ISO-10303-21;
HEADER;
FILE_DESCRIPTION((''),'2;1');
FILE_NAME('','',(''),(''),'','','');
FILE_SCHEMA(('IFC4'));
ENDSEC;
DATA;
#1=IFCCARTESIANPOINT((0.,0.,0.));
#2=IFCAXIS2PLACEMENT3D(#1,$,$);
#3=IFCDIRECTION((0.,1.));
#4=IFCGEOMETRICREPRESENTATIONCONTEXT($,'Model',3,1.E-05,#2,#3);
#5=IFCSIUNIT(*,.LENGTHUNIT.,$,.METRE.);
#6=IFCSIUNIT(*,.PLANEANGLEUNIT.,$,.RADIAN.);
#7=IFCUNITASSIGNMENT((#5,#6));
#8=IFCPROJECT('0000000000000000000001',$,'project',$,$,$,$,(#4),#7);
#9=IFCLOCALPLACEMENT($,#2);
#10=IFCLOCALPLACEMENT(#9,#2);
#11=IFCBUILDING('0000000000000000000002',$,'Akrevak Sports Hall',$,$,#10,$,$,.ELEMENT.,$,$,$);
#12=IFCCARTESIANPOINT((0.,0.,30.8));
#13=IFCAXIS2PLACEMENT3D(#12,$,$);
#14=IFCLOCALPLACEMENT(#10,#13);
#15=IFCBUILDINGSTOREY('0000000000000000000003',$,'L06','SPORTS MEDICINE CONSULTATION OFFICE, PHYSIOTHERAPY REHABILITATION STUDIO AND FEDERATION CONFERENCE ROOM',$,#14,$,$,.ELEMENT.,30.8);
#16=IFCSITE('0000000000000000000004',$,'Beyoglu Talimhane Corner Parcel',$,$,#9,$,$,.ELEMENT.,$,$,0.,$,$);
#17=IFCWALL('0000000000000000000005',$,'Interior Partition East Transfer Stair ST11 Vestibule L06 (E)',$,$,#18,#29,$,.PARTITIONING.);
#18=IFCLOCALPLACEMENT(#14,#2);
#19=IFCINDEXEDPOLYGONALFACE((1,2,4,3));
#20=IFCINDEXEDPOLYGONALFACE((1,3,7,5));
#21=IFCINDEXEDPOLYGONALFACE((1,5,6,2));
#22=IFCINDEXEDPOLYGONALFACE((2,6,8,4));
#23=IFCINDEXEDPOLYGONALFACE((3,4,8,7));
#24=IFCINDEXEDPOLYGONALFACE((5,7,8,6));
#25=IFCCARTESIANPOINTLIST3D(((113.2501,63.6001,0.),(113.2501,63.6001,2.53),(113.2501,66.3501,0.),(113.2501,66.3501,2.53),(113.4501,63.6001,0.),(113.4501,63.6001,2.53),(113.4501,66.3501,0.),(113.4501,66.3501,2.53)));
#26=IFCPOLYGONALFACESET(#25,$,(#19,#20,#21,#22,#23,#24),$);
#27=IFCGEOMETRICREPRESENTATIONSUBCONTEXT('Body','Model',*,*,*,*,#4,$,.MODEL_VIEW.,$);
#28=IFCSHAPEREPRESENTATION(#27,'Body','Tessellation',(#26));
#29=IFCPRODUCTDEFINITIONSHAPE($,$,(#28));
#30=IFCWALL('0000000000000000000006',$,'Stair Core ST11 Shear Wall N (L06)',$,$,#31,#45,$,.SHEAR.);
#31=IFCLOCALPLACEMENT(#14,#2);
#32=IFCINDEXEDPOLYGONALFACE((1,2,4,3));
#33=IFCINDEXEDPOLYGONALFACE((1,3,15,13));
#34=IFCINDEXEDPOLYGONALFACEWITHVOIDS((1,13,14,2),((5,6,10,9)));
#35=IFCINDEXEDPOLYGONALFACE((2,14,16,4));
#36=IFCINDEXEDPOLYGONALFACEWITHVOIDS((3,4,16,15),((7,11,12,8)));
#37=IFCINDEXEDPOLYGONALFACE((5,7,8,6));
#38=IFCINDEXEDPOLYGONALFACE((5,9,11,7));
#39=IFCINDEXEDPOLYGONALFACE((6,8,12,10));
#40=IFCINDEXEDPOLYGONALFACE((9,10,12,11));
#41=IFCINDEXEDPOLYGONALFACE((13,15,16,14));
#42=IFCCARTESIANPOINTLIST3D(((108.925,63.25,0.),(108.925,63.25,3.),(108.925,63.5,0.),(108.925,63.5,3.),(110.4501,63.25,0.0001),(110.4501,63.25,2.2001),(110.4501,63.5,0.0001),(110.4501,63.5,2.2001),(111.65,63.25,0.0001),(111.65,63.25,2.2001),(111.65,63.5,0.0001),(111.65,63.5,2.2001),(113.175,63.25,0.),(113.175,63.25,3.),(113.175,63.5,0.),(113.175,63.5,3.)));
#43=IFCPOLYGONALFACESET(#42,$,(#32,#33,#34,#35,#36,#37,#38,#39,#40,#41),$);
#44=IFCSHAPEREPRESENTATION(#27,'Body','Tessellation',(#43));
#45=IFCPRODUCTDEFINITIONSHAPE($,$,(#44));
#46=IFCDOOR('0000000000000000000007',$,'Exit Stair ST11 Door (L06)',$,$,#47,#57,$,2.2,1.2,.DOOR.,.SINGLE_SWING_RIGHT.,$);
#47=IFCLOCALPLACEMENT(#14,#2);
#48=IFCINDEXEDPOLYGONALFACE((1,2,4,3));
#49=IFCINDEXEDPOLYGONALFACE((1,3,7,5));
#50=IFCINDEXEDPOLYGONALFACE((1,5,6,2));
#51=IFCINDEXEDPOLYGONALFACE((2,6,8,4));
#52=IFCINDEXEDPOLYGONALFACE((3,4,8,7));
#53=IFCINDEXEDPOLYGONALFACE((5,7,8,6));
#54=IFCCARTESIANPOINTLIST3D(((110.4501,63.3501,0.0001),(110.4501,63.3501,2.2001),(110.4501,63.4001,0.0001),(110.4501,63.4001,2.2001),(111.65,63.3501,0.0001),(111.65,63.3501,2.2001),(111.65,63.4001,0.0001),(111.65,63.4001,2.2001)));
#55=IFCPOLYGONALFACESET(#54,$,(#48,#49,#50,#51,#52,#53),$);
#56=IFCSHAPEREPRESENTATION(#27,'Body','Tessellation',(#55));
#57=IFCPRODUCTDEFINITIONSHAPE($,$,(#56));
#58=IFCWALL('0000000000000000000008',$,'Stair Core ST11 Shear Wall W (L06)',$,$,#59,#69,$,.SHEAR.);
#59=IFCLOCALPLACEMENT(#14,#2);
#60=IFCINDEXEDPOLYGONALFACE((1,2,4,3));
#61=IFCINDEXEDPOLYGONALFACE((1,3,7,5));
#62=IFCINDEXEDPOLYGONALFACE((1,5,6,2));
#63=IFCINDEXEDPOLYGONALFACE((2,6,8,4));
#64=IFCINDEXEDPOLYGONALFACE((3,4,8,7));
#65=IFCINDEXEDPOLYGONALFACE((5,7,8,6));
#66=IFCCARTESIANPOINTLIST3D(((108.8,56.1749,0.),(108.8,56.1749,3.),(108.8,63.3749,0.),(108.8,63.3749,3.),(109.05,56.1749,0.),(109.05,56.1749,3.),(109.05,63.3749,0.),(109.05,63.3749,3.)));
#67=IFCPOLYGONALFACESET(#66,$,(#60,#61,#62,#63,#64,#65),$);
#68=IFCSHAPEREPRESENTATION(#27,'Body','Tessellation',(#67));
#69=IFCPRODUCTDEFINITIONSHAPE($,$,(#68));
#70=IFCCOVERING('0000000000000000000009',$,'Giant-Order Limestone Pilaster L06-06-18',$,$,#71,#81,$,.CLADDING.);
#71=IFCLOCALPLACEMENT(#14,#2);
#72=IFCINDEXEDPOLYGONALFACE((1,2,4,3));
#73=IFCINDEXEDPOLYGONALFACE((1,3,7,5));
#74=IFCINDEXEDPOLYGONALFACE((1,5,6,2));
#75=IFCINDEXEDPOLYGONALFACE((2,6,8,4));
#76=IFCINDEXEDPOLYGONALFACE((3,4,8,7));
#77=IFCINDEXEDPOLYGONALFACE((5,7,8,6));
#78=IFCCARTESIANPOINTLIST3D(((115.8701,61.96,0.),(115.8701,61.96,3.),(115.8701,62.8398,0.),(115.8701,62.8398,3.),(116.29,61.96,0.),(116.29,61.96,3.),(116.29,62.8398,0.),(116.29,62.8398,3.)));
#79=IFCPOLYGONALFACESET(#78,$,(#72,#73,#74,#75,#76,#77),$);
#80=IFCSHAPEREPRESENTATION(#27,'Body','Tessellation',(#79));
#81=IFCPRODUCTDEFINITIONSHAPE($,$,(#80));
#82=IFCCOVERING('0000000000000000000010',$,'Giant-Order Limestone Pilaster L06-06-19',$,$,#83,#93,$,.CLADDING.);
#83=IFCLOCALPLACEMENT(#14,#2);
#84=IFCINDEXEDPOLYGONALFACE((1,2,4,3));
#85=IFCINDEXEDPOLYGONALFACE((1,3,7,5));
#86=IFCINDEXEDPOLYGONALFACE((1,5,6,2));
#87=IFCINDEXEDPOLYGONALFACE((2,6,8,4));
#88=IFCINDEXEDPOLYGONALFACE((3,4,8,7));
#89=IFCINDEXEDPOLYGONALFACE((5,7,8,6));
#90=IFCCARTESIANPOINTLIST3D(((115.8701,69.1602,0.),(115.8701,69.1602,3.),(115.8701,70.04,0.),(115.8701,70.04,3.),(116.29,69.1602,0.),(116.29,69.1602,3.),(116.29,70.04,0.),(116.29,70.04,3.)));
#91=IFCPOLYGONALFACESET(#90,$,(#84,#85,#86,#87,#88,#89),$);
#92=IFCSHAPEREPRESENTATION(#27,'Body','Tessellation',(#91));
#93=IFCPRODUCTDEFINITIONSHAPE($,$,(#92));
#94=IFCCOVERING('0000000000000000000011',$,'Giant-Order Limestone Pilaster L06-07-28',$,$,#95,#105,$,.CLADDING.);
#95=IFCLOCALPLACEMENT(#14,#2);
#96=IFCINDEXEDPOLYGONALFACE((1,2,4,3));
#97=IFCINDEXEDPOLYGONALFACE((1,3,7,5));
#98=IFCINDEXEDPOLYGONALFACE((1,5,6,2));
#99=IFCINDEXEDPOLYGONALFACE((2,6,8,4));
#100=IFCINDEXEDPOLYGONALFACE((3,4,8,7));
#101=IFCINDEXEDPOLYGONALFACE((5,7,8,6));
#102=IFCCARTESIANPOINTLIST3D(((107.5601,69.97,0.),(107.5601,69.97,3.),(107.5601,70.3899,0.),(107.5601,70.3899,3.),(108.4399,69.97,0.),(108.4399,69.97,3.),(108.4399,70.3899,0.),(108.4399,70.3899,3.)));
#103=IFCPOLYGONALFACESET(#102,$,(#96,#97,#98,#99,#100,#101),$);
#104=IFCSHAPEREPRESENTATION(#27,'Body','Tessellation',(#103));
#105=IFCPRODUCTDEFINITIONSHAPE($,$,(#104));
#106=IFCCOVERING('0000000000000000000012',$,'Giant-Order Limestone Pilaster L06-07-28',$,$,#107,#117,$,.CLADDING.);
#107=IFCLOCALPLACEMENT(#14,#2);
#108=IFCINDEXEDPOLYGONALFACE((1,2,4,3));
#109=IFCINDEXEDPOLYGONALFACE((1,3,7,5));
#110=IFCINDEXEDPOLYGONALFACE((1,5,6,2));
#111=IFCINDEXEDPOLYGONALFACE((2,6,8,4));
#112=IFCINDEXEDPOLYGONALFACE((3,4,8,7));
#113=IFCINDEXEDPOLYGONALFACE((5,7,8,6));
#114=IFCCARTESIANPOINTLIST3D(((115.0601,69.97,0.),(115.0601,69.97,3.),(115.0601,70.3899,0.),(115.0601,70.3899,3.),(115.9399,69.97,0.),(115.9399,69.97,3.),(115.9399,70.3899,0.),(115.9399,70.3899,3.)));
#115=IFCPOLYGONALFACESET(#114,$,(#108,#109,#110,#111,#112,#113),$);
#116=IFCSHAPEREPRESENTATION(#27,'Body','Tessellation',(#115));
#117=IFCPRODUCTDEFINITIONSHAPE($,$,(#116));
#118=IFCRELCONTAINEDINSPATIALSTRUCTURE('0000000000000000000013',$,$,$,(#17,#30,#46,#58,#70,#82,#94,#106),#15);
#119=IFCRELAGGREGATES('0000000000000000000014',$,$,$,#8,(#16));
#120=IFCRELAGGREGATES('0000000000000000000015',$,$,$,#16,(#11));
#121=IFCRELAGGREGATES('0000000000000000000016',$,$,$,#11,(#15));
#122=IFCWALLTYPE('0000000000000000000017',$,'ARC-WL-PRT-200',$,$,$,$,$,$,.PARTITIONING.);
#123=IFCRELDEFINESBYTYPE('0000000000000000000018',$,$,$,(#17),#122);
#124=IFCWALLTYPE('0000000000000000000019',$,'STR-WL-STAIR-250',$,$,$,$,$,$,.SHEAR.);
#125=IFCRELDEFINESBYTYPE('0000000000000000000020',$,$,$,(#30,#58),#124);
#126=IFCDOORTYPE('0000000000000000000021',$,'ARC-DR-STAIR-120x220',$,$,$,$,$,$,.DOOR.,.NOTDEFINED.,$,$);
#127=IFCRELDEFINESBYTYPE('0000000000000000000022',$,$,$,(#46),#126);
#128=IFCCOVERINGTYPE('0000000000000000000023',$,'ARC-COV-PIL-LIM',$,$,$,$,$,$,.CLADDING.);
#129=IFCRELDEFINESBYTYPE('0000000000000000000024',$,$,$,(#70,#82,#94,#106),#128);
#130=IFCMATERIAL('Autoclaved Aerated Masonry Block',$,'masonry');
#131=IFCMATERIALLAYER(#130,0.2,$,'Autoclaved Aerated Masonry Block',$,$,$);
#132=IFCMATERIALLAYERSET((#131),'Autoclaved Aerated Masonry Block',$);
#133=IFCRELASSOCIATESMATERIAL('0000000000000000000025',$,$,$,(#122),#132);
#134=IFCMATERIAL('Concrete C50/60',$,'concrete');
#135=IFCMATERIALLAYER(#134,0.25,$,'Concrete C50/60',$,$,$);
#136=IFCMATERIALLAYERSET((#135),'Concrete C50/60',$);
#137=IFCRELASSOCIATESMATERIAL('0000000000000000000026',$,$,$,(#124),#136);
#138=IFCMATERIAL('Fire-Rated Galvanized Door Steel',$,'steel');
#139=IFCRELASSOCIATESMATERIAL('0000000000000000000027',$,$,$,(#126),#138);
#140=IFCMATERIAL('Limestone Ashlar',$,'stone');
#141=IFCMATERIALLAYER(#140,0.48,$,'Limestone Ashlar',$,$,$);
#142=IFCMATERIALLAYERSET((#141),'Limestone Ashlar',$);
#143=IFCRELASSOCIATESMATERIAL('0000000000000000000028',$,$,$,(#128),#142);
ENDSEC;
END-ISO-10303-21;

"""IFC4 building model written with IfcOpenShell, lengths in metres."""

from ifc_helpers import new_model, si_unit, direction, frame, frame_2d, origin, origin_2d, place, context, subcontext, project, spatial, rectangle, extrude, material, layer, layer_set, type_object, element, fill, save


model = new_model("IFC4")

# Units and contexts
model_context = context("Model", 3, precision=1e-05, world=origin(), true_north=direction((0.0, 1.0)))
body_context = subcontext(model_context, "Body", "Model", "MODEL_VIEW")
ifc_project = project(units=[si_unit("LENGTHUNIT", "METRE"), si_unit("PLANEANGLEUNIT", "RADIAN")], contexts=[model_context])

# Site, building, storey
site_placement = place(None, origin())
site = spatial("IfcSite", under=ifc_project, at=site_placement, Name="Beyoglu Talimhane Corner Parcel", CompositionType="ELEMENT", RefElevation=0.0)
building_placement = place(site_placement, origin())
building = spatial("IfcBuilding", under=site, at=building_placement, Name="Akrevak Sports Hall", CompositionType="ELEMENT")
storey_placement = place(building_placement, frame((0.0, 0.0, 30.8)))
storey = spatial("IfcBuildingStorey", under=building, at=storey_placement, Name="L06", Description="SPORTS MEDICINE CONSULTATION OFFICE, PHYSIOTHERAPY REHABILITATION STUDIO AND FEDERATION CONFERENCE ROOM", CompositionType="ELEMENT", Elevation=30.8)

# Shared definitions
ifc_material_1 = material(Name="Limestone Ashlar", Category="stone")

# Shared definitions
ifc_material_2 = material(Name="Autoclaved Aerated Masonry Block", Category="masonry")
ifc_layer_1 = layer(ifc_material_2, 0.2, Name="Autoclaved Aerated Masonry Block")
ifc_layer_set_1 = layer_set([ifc_layer_1], Name="Autoclaved Aerated Masonry Block")
wall_type_1 = type_object("IfcWallType", Name="ARC-WL-PRT-200", PredefinedType="PARTITIONING", material=ifc_layer_set_1)
ifc_material_3 = material(Name="Fire-Rated Galvanized Door Steel", Category="steel")

# Wall
for number, where, z_axis, x_axis, name in (
    (1, (113.3501, 63.6001, 0.0), (0.0, 0.0, 1.0), (0.0, 1.0, 0.0), "Interior Partition East Transfer Stair ST11 Vestibule L06 (E)"),
):
    element("IfcWall", number, at=place(storey_placement, frame(where, z_axis=z_axis, x_axis=x_axis)), inside=storey, type_object=wall_type_1, Name=name, PredefinedType="PARTITIONING", context=body_context, shape_type="SweptSolid", body=[
        extrude(rectangle(XDim=2.75, YDim=0.2, at=frame_2d((1.375, 0.0))), origin(), (0.0, 0.0, 1.0), 2.53),
    ])

# Wall, opening, door
ifc_material_4 = material(Name="Concrete C50/60", Category="concrete")
ifc_layer_2 = layer(ifc_material_4, 0.25, Name="Concrete C50/60")
ifc_layer_set_2 = layer_set([ifc_layer_2], Name="Concrete C50/60")
wall_type_2 = type_object("IfcWallType", Name="STR-WL-STAIR-250", PredefinedType="SHEAR", material=ifc_layer_set_2)
wall_1_placement = place(storey_placement, frame((113.175, 63.375, 0.0), z_axis=(0.0, 0.0, 1.0), x_axis=(-1.0, 0.0, 0.0)))
wall_1 = element("IfcWall", 2, at=wall_1_placement, inside=storey, type_object=wall_type_2, Name="Stair Core ST11 Shear Wall N (L06)", PredefinedType="SHEAR", context=body_context, shape_type="SweptSolid", body=[
    extrude(rectangle(XDim=4.25, YDim=0.25, at=frame_2d((2.125, 0.0))), origin(), (0.0, 0.0, 1.0), 3.0),
])
opening_1_placement = place(wall_1_placement, frame((1.5249, 0.0, 0.0)))
opening_1 = element("IfcOpeningElement", 3, at=opening_1_placement, cuts=wall_1, PredefinedType="OPENING", context=body_context, shape_type="SweptSolid", body=[
    extrude(rectangle(XDim=1.2, YDim=2.2, at=frame_2d((0.6001, 1.1001))), frame((0.0, 0.137, 0.0), z_axis=(0.0, -1.0, 0.0), x_axis=(1.0, 0.0, 0.0)), (0.0, 0.0, 1.0), 0.2739),
])
door_type_1 = type_object("IfcDoorType", Name="ARC-DR-STAIR-120x220", OperationType="NOTDEFINED", PredefinedType="DOOR", material=ifc_material_3)
door_1_placement = place(opening_1_placement, origin())
door_1 = element("IfcDoor", 4, at=door_1_placement, inside=storey, type_object=door_type_1, Name="Exit Stair ST11 Door (L06)", OperationType="SINGLE_SWING_RIGHT", OverallHeight=2.2, OverallWidth=1.2, PredefinedType="DOOR", context=body_context, shape_type="SweptSolid", body=[
    extrude(rectangle(XDim=1.2, YDim=2.2, at=frame_2d((0.6001, 1.1001))), frame((0.0, 0.0249, 0.0), z_axis=(0.0, -1.0, 0.0), x_axis=(1.0, 0.0, 0.0)), (0.0, 0.0, 1.0), 0.05),
])
fill(opening_1, door_1)

# Wall
wall_2_placement = place(storey_placement, frame((108.925, 63.375, 0.0), z_axis=(0.0, 0.0, 1.0), x_axis=(0.0, -1.0, 0.0)))
element("IfcWall", 5, at=wall_2_placement, inside=storey, type_object=wall_type_2, Name="Stair Core ST11 Shear Wall W (L06)", PredefinedType="SHEAR", context=body_context, shape_type="SweptSolid", body=[
    extrude(rectangle(XDim=7.2, YDim=0.25, at=frame_2d((3.6001, 0.0))), origin(), (0.0, 0.0, 1.0), 3.0),
])

# Coverings
ifc_layer_3 = layer(ifc_material_1, 0.48, Name="Limestone Ashlar")
ifc_layer_set_3 = layer_set([ifc_layer_3], Name="Limestone Ashlar")
covering_type = type_object("IfcCoveringType", Name="ARC-COV-PIL-LIM", PredefinedType="CLADDING", material=ifc_layer_set_3)
for number, where, z_axis, x_axis, name in (
    (6, (116.0801, 62.3999, 0.0), (0.0, 0.0, 1.0), (0.0, 1.0, 0.0), "Giant-Order Limestone Pilaster L06-06-18"),
    (7, (116.0801, 69.6001, 0.0), (0.0, 0.0, 1.0), (0.0, 1.0, 0.0), "Giant-Order Limestone Pilaster L06-06-19"),
    (8, (108.0, 70.1799, 0.0), (0.0, 0.0, 1.0), (-1.0, 0.0, 0.0), "Giant-Order Limestone Pilaster L06-07-28"),
    (9, (115.5, 70.1799, 0.0), (0.0, 0.0, 1.0), (-1.0, 0.0, 0.0), "Giant-Order Limestone Pilaster L06-07-28"),
):
    element("IfcCovering", number, at=place(storey_placement, frame(where, z_axis=z_axis, x_axis=x_axis)), inside=storey, type_object=covering_type, Name=name, PredefinedType="CLADDING", context=body_context, shape_type="SweptSolid", body=[
        extrude(rectangle(XDim=0.8799, YDim=0.4199, at=origin_2d()), origin(), (0.0, 0.0, 1.0), 3.0),
    ])

save(model, "model.ifc")
